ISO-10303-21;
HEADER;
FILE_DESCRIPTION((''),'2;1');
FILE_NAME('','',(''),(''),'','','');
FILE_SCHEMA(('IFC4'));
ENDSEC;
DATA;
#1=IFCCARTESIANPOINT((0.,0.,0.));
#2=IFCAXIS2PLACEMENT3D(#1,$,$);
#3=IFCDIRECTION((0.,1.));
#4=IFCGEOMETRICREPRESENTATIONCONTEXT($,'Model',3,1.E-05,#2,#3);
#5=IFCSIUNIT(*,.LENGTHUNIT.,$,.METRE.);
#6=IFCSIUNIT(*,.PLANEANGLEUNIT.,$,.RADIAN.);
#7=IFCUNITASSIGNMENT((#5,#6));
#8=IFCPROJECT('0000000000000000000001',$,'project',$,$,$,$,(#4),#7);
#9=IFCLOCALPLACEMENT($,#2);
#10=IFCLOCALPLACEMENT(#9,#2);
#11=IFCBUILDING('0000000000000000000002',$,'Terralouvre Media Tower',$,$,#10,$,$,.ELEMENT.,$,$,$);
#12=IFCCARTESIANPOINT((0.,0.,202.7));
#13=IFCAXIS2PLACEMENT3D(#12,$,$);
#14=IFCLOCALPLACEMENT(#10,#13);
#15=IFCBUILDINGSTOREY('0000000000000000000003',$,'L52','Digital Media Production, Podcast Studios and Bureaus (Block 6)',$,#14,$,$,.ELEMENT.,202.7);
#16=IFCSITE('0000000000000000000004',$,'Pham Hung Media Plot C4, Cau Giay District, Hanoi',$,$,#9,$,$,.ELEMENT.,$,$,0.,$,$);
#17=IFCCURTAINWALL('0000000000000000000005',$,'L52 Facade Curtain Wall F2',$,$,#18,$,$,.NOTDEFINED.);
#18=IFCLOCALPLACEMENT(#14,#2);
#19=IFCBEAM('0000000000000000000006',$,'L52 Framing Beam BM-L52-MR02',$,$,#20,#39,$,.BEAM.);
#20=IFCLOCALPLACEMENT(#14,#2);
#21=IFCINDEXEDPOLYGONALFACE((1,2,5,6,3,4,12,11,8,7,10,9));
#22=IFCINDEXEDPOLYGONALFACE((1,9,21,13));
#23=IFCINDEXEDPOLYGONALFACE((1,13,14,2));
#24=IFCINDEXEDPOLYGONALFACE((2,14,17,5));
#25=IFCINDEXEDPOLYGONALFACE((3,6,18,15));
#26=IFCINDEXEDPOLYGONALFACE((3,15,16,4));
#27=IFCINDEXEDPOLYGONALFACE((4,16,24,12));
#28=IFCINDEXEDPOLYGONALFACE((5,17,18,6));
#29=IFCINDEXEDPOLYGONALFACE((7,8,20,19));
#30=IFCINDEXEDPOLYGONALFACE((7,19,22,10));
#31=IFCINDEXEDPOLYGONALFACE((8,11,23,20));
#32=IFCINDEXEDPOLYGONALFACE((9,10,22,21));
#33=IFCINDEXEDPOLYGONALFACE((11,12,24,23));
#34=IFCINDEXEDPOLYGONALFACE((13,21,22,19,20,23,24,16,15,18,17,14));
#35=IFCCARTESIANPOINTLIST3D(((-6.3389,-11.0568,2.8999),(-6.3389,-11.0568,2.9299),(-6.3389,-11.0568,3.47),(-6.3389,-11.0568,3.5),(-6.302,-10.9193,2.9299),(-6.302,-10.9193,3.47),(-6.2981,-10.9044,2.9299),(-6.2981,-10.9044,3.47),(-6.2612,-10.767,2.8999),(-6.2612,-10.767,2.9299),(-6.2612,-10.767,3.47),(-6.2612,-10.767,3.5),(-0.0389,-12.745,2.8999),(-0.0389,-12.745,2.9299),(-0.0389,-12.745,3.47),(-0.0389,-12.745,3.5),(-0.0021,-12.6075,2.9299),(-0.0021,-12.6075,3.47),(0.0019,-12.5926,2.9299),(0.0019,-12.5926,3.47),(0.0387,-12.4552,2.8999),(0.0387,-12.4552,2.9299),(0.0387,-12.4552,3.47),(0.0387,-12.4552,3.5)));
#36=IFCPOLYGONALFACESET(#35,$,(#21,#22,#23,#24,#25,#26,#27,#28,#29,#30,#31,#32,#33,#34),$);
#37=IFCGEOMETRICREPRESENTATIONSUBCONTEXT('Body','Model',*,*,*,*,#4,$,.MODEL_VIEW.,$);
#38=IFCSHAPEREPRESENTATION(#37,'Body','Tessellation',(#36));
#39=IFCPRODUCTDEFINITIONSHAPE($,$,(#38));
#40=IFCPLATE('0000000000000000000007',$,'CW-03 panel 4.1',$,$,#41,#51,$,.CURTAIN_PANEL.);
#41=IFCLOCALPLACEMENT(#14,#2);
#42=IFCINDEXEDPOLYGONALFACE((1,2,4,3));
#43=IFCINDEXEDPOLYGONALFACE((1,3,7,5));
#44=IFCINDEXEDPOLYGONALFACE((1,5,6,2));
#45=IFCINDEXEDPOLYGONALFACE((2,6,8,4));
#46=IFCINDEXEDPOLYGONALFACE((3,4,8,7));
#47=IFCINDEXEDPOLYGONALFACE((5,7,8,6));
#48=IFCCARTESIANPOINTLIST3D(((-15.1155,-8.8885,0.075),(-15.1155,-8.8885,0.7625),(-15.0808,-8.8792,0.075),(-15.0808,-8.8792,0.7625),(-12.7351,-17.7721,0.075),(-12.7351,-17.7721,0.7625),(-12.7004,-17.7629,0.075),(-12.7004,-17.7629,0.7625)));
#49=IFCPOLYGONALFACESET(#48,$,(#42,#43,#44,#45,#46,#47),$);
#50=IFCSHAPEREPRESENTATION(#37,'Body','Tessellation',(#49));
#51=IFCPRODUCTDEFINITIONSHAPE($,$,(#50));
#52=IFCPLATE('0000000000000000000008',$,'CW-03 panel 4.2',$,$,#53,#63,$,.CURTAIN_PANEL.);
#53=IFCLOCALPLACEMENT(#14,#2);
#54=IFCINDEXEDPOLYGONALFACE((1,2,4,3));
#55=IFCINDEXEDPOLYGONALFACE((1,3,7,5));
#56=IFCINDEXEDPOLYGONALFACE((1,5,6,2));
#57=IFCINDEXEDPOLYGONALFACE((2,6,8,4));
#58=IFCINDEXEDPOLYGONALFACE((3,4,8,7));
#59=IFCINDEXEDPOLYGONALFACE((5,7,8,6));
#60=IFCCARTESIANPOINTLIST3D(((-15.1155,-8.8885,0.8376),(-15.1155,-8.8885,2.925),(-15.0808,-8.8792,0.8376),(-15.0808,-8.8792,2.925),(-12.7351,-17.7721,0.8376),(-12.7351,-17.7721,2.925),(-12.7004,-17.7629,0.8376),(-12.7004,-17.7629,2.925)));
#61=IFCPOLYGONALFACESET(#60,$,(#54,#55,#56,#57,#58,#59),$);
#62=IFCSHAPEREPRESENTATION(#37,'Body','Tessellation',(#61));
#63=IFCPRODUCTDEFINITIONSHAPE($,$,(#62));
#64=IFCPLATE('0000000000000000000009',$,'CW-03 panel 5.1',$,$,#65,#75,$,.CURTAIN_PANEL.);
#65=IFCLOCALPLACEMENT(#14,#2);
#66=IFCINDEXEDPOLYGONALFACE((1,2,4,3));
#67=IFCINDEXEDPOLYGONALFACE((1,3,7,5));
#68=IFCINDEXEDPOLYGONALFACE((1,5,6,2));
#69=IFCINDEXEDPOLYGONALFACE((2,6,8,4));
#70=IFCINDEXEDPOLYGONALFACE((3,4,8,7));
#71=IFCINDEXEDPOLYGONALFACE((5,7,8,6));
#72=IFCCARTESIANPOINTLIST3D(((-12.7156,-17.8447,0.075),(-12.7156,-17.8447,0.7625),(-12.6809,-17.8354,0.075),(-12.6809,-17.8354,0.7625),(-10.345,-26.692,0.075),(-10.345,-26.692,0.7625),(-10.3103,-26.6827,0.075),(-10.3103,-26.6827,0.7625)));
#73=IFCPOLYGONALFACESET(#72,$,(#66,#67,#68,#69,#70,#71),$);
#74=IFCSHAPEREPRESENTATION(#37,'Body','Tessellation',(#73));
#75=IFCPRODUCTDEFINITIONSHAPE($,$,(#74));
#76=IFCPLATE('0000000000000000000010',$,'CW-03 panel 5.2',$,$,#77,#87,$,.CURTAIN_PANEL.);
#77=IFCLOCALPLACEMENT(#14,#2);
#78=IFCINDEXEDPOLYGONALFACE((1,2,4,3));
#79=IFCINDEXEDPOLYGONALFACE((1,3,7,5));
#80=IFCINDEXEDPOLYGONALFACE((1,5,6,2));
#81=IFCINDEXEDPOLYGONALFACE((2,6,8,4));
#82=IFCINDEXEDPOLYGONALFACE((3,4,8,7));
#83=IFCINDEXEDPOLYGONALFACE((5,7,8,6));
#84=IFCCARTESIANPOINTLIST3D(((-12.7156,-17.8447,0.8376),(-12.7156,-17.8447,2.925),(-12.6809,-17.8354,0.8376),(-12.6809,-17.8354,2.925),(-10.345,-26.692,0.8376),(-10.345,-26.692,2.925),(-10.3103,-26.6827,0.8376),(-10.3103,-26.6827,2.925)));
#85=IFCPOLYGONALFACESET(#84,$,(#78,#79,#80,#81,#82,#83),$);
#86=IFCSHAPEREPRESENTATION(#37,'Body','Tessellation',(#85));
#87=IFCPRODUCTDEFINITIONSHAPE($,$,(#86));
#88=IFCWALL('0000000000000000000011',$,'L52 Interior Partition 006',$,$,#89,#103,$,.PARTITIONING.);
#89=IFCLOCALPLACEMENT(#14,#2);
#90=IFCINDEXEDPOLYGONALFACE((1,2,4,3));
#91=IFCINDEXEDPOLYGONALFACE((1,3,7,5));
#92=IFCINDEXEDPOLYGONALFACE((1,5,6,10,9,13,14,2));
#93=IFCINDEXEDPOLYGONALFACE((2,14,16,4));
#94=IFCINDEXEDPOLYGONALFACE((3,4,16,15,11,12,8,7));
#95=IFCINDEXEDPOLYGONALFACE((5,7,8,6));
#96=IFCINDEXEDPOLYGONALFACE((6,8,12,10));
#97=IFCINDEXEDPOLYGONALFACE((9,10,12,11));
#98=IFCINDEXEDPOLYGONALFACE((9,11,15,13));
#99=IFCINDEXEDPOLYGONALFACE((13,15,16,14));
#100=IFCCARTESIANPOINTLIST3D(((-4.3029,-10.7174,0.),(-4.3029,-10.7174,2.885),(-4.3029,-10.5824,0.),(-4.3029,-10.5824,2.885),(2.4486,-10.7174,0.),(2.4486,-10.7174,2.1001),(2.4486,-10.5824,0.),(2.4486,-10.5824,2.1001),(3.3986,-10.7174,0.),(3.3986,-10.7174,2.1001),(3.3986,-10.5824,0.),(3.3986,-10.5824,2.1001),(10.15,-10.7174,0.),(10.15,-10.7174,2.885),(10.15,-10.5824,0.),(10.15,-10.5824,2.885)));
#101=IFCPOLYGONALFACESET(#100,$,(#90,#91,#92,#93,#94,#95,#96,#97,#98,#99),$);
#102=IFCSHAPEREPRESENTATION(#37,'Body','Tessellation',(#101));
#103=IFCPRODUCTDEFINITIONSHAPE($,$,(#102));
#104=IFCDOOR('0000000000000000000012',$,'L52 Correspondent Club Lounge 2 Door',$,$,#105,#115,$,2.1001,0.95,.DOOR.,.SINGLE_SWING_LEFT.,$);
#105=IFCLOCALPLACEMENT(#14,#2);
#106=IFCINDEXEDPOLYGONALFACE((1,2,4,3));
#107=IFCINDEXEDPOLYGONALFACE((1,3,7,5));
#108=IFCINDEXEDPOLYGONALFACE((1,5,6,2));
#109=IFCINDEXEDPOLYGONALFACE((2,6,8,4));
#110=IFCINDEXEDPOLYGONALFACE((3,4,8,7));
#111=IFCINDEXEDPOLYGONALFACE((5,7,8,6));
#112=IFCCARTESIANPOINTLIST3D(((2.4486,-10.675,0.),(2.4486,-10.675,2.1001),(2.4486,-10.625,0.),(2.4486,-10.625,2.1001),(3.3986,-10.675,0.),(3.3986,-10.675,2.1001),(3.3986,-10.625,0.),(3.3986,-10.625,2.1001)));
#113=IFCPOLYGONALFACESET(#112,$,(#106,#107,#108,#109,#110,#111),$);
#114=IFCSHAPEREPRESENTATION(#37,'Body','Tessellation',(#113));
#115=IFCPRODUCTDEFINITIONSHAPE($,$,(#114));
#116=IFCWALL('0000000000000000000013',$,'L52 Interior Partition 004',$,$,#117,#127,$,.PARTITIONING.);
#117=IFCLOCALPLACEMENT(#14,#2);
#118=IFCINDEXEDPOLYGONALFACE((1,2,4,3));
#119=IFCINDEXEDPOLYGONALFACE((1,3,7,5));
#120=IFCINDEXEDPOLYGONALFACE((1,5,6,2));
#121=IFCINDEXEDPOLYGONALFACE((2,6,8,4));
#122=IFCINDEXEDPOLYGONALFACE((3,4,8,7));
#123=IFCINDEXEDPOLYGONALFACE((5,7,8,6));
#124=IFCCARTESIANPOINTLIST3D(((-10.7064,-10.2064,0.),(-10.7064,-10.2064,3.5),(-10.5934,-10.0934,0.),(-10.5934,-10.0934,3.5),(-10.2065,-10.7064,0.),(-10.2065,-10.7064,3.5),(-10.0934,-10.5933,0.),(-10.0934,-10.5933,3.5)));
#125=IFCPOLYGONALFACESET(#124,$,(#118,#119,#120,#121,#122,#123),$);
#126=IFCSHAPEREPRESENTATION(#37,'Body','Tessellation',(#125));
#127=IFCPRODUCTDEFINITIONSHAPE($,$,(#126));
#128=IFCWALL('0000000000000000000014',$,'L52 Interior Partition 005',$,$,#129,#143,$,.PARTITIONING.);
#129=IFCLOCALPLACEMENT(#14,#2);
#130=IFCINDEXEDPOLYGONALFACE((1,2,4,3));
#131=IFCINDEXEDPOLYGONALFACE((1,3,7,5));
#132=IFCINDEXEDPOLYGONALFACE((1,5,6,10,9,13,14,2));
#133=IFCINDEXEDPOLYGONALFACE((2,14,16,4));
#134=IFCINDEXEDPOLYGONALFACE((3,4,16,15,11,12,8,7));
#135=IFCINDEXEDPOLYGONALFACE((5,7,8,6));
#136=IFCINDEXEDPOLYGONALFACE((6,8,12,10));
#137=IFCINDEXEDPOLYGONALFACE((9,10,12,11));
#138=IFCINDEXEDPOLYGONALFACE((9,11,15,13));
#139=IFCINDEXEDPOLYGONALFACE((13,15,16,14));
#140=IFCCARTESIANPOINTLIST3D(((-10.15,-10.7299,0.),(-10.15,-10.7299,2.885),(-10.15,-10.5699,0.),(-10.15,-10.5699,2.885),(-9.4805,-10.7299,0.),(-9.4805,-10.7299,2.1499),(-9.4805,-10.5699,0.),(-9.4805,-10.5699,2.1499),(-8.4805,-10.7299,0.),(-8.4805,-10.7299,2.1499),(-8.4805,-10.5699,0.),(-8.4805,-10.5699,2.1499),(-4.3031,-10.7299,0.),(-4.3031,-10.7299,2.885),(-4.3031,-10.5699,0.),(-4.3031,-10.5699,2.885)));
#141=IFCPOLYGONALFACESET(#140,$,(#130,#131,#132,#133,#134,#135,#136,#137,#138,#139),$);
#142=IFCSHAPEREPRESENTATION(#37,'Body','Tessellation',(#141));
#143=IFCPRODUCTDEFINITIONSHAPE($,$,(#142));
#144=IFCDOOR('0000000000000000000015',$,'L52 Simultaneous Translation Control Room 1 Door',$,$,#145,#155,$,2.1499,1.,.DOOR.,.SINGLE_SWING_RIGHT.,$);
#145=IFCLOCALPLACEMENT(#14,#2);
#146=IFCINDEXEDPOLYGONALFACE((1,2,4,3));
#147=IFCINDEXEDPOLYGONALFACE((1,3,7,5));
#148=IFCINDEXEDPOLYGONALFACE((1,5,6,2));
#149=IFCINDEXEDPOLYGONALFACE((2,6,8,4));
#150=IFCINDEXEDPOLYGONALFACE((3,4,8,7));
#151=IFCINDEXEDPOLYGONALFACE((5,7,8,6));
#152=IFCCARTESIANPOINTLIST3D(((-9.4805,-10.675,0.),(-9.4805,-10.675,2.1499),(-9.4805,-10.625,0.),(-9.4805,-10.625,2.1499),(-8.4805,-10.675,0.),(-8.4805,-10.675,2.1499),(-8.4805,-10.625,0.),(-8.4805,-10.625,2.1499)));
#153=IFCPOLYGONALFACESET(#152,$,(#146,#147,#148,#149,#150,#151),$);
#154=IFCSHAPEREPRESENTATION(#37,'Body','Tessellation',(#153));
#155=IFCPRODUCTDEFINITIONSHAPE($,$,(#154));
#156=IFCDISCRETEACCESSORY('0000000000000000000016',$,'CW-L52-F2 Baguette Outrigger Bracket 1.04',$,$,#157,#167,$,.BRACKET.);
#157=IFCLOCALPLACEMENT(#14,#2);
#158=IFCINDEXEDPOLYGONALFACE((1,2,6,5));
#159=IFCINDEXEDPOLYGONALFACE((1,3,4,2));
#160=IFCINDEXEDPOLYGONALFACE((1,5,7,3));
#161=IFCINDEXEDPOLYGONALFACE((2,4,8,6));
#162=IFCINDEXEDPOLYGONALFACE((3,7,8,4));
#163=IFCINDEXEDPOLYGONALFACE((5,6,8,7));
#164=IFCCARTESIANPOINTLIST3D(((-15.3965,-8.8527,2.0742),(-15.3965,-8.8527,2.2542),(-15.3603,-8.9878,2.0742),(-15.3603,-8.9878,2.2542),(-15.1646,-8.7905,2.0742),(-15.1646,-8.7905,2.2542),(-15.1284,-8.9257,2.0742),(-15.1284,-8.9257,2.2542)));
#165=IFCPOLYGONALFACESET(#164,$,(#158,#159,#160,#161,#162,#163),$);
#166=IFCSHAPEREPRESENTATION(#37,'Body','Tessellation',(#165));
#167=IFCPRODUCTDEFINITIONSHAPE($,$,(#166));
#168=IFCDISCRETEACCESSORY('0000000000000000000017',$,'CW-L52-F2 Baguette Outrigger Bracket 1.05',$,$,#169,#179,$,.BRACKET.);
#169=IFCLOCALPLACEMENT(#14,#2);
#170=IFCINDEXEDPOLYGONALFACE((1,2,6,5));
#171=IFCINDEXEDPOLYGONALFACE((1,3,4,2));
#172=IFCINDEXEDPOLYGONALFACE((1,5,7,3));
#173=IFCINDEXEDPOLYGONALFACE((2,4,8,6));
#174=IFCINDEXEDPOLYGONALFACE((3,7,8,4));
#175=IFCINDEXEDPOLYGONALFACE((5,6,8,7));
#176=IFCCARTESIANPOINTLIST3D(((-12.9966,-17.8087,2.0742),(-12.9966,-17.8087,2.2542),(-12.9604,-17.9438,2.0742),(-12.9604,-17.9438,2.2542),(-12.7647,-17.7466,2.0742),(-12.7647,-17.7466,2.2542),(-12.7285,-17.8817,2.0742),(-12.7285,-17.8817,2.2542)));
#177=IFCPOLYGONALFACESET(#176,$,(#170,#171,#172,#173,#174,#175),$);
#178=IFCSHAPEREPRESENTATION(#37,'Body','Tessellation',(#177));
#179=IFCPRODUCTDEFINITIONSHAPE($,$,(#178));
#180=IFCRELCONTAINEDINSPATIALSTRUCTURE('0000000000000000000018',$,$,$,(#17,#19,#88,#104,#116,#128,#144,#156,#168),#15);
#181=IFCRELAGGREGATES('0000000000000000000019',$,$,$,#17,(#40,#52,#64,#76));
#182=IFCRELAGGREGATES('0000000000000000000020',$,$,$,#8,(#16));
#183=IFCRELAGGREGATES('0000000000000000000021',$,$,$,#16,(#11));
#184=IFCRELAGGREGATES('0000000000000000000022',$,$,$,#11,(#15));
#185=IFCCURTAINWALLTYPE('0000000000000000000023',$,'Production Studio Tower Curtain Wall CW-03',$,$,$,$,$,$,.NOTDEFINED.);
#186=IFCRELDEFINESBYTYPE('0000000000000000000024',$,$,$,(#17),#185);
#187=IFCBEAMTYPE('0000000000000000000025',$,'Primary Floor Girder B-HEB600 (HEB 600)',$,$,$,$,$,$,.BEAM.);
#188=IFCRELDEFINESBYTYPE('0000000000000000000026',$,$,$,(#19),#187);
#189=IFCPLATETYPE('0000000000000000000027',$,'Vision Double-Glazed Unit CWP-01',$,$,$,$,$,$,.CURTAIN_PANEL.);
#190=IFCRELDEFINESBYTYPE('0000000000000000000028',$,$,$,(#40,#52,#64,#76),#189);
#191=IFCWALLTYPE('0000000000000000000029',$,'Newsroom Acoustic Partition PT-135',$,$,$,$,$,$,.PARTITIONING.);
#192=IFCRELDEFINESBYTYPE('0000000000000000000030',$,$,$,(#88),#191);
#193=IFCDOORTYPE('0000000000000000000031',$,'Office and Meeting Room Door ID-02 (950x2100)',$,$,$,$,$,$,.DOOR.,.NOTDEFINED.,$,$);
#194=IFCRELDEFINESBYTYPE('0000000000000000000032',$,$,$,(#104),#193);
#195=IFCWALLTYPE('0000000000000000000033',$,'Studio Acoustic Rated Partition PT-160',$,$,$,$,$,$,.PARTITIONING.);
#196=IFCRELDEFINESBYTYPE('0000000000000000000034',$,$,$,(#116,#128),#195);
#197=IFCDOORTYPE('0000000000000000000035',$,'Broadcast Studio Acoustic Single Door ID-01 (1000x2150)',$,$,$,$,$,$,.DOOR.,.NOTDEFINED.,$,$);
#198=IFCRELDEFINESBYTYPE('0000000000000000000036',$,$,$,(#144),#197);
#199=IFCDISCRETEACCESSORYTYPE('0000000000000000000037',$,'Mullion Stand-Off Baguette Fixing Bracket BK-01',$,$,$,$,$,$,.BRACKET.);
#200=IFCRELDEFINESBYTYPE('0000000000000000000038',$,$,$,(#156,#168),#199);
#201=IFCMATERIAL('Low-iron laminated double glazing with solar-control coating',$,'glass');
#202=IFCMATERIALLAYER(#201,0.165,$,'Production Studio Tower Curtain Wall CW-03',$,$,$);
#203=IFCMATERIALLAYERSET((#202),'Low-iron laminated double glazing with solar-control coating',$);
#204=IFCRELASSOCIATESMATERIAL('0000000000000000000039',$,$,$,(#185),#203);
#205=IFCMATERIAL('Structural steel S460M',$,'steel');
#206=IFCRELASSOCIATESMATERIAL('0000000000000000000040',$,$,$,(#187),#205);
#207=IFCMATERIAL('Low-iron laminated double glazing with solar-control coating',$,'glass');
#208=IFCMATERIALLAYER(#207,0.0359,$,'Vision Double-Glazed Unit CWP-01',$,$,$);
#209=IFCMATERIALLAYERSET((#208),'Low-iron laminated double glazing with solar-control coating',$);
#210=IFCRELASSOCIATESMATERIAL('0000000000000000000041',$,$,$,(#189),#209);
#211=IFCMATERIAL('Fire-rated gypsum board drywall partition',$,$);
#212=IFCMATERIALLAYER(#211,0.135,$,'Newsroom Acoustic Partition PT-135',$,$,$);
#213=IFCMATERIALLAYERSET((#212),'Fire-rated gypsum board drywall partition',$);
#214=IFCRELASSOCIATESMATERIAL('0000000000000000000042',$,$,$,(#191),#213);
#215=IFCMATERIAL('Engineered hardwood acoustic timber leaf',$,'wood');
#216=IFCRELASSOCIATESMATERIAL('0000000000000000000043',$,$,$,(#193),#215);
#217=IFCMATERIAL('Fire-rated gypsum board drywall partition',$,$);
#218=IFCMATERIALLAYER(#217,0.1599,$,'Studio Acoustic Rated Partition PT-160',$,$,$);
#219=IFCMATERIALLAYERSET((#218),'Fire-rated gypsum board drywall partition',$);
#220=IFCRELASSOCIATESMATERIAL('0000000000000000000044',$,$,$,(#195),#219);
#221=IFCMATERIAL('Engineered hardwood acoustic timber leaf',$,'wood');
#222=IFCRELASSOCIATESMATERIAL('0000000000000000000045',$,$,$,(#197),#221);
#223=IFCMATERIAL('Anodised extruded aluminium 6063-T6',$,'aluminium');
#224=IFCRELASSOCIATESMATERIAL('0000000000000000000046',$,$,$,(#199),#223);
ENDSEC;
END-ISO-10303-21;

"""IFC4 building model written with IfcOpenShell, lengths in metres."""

from ifc_helpers import new_model, si_unit, direction, frame, frame_2d, origin, origin_2d, place, context, subcontext, project, spatial, rectangle, i_section, extrude, material, layer, layer_set, material_profile, profile_set, type_object, element, fill, aggregate, save


model = new_model("IFC4")

# Units and contexts
model_context = context("Model", 3, precision=1e-05, world=origin(), true_north=direction((0.0, 1.0)))
body_context = subcontext(model_context, "Body", "Model", "MODEL_VIEW")
ifc_project = project(units=[si_unit("LENGTHUNIT", "METRE"), si_unit("PLANEANGLEUNIT", "RADIAN")], contexts=[model_context])

# Site, building, storey
site_placement = place(None, origin())
site = spatial("IfcSite", under=ifc_project, at=site_placement, Name="Pham Hung Media Plot C4, Cau Giay District, Hanoi", CompositionType="ELEMENT", RefElevation=0.0)
building_placement = place(site_placement, origin())
building = spatial("IfcBuilding", under=site, at=building_placement, Name="Terralouvre Media Tower", CompositionType="ELEMENT")
storey_placement = place(building_placement, frame((0.0, 0.0, 202.7)))
storey = spatial("IfcBuildingStorey", under=building, at=storey_placement, Name="L52", Description="Digital Media Production, Podcast Studios and Bureaus (Block 6)", CompositionType="ELEMENT", Elevation=202.7)

# Curtain wall
ifc_material_1 = material(Name="Low-iron laminated double glazing with solar-control coating", Category="glass")
ifc_layer_1 = layer(ifc_material_1, 0.165, Name="Production Studio Tower Curtain Wall CW-03")
ifc_layer_set_1 = layer_set([ifc_layer_1], Name="Low-iron laminated double glazing with solar-control coating")
curtain_wall_type = type_object("IfcCurtainWallType", Name="Production Studio Tower Curtain Wall CW-03", PredefinedType="NOTDEFINED", material=ifc_layer_set_1)
curtain_wall_placement = place(storey_placement, origin())
curtain_wall = element("IfcCurtainWall", 1, at=curtain_wall_placement, inside=storey, type_object=curtain_wall_type, Name="L52 Facade Curtain Wall F2", PredefinedType="NOTDEFINED")

# Beam
ifc_material_2 = material(Name="Structural steel S460M", Category="steel")
ifc_material_profile_1 = material_profile(ifc_material_2, i_section(OverallWidth=0.3, OverallDepth=0.6001, WebThickness=0.0154, FlangeThickness=0.03, at=origin_2d()), Name="HEB 600")
ifc_profile_set_1 = profile_set([ifc_material_profile_1], Name="Structural steel S460M")
beam_type_1 = type_object("IfcBeamType", Name="Primary Floor Girder B-HEB600 (HEB 600)", PredefinedType="BEAM", material=ifc_profile_set_1)
beam_1_placement = place(storey_placement, frame((-6.3, -10.9119, 3.2), z_axis=(0.96592, -0.258839, 0.0), x_axis=(0.258839, 0.96592, 0.0)))
element("IfcBeam", 2, at=beam_1_placement, inside=storey, type_object=beam_type_1, Name="L52 Framing Beam BM-L52-MR02", PredefinedType="BEAM", context=body_context, shape_type="SweptSolid", body=[
    extrude(i_section(OverallWidth=0.3, OverallDepth=0.6001, WebThickness=0.0154, FlangeThickness=0.03, at=origin_2d()), origin(), (0.0, 0.0, 1.0), 6.5222),
])

# Plates
ifc_material_3 = material(Name="Low-iron laminated double glazing with solar-control coating", Category="glass")
ifc_layer_2 = layer(ifc_material_3, 0.0359, Name="Vision Double-Glazed Unit CWP-01")
ifc_layer_set_2 = layer_set([ifc_layer_2], Name="Low-iron laminated double glazing with solar-control coating")
plate_type = type_object("IfcPlateType", Name="Vision Double-Glazed Unit CWP-01", PredefinedType="CURTAIN_PANEL", material=ifc_layer_set_2)
plate_1_placement = place(storey_placement, frame((-13.908, -13.3257, 0.075), z_axis=(0.0, 0.0, 1.0), x_axis=(0.258819, -0.965926, 0.0)))
plate_1 = element("IfcPlate", 3, at=plate_1_placement, type_object=plate_type, Name="CW-03 panel 4.1", PredefinedType="CURTAIN_PANEL", context=body_context, shape_type="SweptSolid", body=[
    extrude(rectangle(XDim=9.197, YDim=0.0359, at=origin_2d()), origin(), (0.0, 0.0, 1.0), 0.6875),
])
plate_2_placement = place(storey_placement, frame((-13.908, -13.3257, 0.8376), z_axis=(0.0, 0.0, 1.0), x_axis=(0.258819, -0.965926, 0.0)))
plate_2 = element("IfcPlate", 4, at=plate_2_placement, type_object=plate_type, Name="CW-03 panel 4.2", PredefinedType="CURTAIN_PANEL", context=body_context, shape_type="SweptSolid", body=[
    extrude(rectangle(XDim=9.197, YDim=0.0359, at=origin_2d()), origin(), (0.0, 0.0, 1.0), 2.0874),
])
plate_3_placement = place(storey_placement, frame((-11.5129, -22.2637, 0.075), z_axis=(0.0, 0.0, 1.0), x_axis=(0.258819, -0.965926, 0.0)))
plate_3 = element("IfcPlate", 5, at=plate_3_placement, type_object=plate_type, Name="CW-03 panel 5.1", PredefinedType="CURTAIN_PANEL", context=body_context, shape_type="SweptSolid", body=[
    extrude(rectangle(XDim=9.1594, YDim=0.0359, at=origin_2d()), origin(), (0.0, 0.0, 1.0), 0.6875),
])
plate_4_placement = place(storey_placement, frame((-11.5129, -22.2637, 0.8376), z_axis=(0.0, 0.0, 1.0), x_axis=(0.258819, -0.965926, 0.0)))
plate_4 = element("IfcPlate", 6, at=plate_4_placement, type_object=plate_type, Name="CW-03 panel 5.2", PredefinedType="CURTAIN_PANEL", context=body_context, shape_type="SweptSolid", body=[
    extrude(rectangle(XDim=9.1594, YDim=0.0359, at=origin_2d()), origin(), (0.0, 0.0, 1.0), 2.0874),
])
aggregate(curtain_wall, [plate_1, plate_2, plate_3, plate_4])

# Wall, opening, door
ifc_material_4 = material(Name="Fire-rated gypsum board drywall partition")
ifc_layer_3 = layer(ifc_material_4, 0.135, Name="Newsroom Acoustic Partition PT-135")
ifc_layer_set_3 = layer_set([ifc_layer_3], Name="Fire-rated gypsum board drywall partition")
wall_type_1 = type_object("IfcWallType", Name="Newsroom Acoustic Partition PT-135", PredefinedType="PARTITIONING", material=ifc_layer_set_3)
wall_1_placement = place(storey_placement, frame((-4.303, -10.6499, 0.0), z_axis=(0.0, 0.0, 1.0), x_axis=(1.0, 0.0, 0.0)))
wall_1 = element("IfcWall", 7, at=wall_1_placement, inside=storey, type_object=wall_type_1, Name="L52 Interior Partition 006", PredefinedType="PARTITIONING", context=body_context, shape_type="SweptSolid", body=[
    extrude(rectangle(XDim=14.4529, YDim=0.135, at=frame_2d((7.2266, 0.0))), origin(), (0.0, 0.0, 1.0), 2.885),
])
opening_1_placement = place(wall_1_placement, frame((6.7515, 0.0, 0.0)))
opening_1 = element("IfcOpeningElement", 8, at=opening_1_placement, cuts=wall_1, PredefinedType="OPENING", context=body_context, shape_type="SweptSolid", body=[
    extrude(rectangle(XDim=0.95, YDim=2.1001, at=frame_2d((0.4751, 1.05))), frame((0.0, 0.0774, 0.0), z_axis=(0.0, -1.0, 0.0), x_axis=(1.0, 0.0, 0.0)), (0.0, 0.0, 1.0), 0.155),
])
ifc_material_5 = material(Name="Engineered hardwood acoustic timber leaf", Category="wood")
door_type_1 = type_object("IfcDoorType", Name="Office and Meeting Room Door ID-02 (950x2100)", OperationType="NOTDEFINED", PredefinedType="DOOR", material=ifc_material_5)
door_1_placement = place(opening_1_placement, origin())
door_1 = element("IfcDoor", 9, at=door_1_placement, inside=storey, type_object=door_type_1, Name="L52 Correspondent Club Lounge 2 Door", OperationType="SINGLE_SWING_LEFT", OverallHeight=2.1001, OverallWidth=0.95, PredefinedType="DOOR", context=body_context, shape_type="SweptSolid", body=[
    extrude(rectangle(XDim=0.95, YDim=2.1001, at=frame_2d((0.4751, 1.05))), frame((0.0, 0.0249, 0.0), z_axis=(0.0, -1.0, 0.0), x_axis=(1.0, 0.0, 0.0)), (0.0, 0.0, 1.0), 0.05),
])
fill(opening_1, door_1)

# Wall
ifc_material_6 = material(Name="Fire-rated gypsum board drywall partition")
ifc_layer_4 = layer(ifc_material_6, 0.1599, Name="Studio Acoustic Rated Partition PT-160")
ifc_layer_set_4 = layer_set([ifc_layer_4], Name="Fire-rated gypsum board drywall partition")
wall_type_2 = type_object("IfcWallType", Name="Studio Acoustic Rated Partition PT-160", PredefinedType="PARTITIONING", material=ifc_layer_set_4)
wall_2_placement = place(storey_placement, frame((-10.6499, -10.1499, 0.0), z_axis=(0.0, 0.0, 1.0), x_axis=(0.707107, -0.707107, 0.0)))
element("IfcWall", 10, at=wall_2_placement, inside=storey, type_object=wall_type_2, Name="L52 Interior Partition 004", PredefinedType="PARTITIONING", context=body_context, shape_type="SweptSolid", body=[
    extrude(rectangle(XDim=0.707, YDim=0.1599, at=frame_2d((0.3535, 0.0))), origin(), (0.0, 0.0, 1.0), 3.5),
])

# Wall, opening, door
wall_3_placement = place(storey_placement, frame((-10.1499, -10.6499, 0.0), z_axis=(0.0, 0.0, 1.0), x_axis=(1.0, 0.0, 0.0)))
wall_3 = element("IfcWall", 11, at=wall_3_placement, inside=storey, type_object=wall_type_2, Name="L52 Interior Partition 005", PredefinedType="PARTITIONING", context=body_context, shape_type="SweptSolid", body=[
    extrude(rectangle(XDim=5.8469, YDim=0.1599, at=frame_2d((2.9233, 0.0))), origin(), (0.0, 0.0, 1.0), 2.885),
])
opening_2_placement = place(wall_3_placement, frame((0.6694, 0.0, 0.0)))
opening_2 = element("IfcOpeningElement", 12, at=opening_2_placement, cuts=wall_3, PredefinedType="OPENING", context=body_context, shape_type="SweptSolid", body=[
    extrude(rectangle(XDim=1.0, YDim=2.1499, at=frame_2d((0.5, 1.075))), frame((0.0, 0.0898, 0.0), z_axis=(0.0, -1.0, 0.0), x_axis=(1.0, 0.0, 0.0)), (0.0, 0.0, 1.0), 0.1799),
])
ifc_material_7 = material(Name="Engineered hardwood acoustic timber leaf", Category="wood")
door_type_2 = type_object("IfcDoorType", Name="Broadcast Studio Acoustic Single Door ID-01 (1000x2150)", OperationType="NOTDEFINED", PredefinedType="DOOR", material=ifc_material_7)
door_2_placement = place(opening_2_placement, origin())
door_2 = element("IfcDoor", 13, at=door_2_placement, inside=storey, type_object=door_type_2, Name="L52 Simultaneous Translation Control Room 1 Door", OperationType="SINGLE_SWING_RIGHT", OverallHeight=2.1499, OverallWidth=1.0, PredefinedType="DOOR", context=body_context, shape_type="SweptSolid", body=[
    extrude(rectangle(XDim=1.0, YDim=2.1499, at=frame_2d((0.5, 1.075))), frame((0.0, 0.0249, 0.0), z_axis=(0.0, -1.0, 0.0), x_axis=(1.0, 0.0, 0.0)), (0.0, 0.0, 1.0), 0.05),
])
fill(opening_2, door_2)

# Discrete accessories
ifc_material_8 = material(Name="Anodised extruded aluminium 6063-T6", Category="aluminium")
discrete_accessory_type = type_object("IfcDiscreteAccessoryType", Name="Mullion Stand-Off Baguette Fixing Bracket BK-01", PredefinedType="BRACKET", material=ifc_material_8)
for number, where, z_axis, x_axis, name in (
    (14, (-15.2625, -8.8892, 2.0742), (0.0, 0.0, 1.0), (0.258819, -0.965926, 0.0), "CW-L52-F2 Baguette Outrigger Bracket 1.04"),
    (15, (-12.8625, -17.8452, 2.0742), (0.0, 0.0, 1.0), (0.258819, -0.965926, 0.0), "CW-L52-F2 Baguette Outrigger Bracket 1.05"),
):
    element("IfcDiscreteAccessory", number, at=place(storey_placement, frame(where, z_axis=z_axis, x_axis=x_axis)), inside=storey, type_object=discrete_accessory_type, Name=name, PredefinedType="BRACKET", context=body_context, shape_type="SweptSolid", body=[
        extrude(rectangle(XDim=0.1399, YDim=0.24, at=origin_2d()), origin(), (0.0, 0.0, 1.0), 0.1799),
    ])

save(model, "model.ifc")
